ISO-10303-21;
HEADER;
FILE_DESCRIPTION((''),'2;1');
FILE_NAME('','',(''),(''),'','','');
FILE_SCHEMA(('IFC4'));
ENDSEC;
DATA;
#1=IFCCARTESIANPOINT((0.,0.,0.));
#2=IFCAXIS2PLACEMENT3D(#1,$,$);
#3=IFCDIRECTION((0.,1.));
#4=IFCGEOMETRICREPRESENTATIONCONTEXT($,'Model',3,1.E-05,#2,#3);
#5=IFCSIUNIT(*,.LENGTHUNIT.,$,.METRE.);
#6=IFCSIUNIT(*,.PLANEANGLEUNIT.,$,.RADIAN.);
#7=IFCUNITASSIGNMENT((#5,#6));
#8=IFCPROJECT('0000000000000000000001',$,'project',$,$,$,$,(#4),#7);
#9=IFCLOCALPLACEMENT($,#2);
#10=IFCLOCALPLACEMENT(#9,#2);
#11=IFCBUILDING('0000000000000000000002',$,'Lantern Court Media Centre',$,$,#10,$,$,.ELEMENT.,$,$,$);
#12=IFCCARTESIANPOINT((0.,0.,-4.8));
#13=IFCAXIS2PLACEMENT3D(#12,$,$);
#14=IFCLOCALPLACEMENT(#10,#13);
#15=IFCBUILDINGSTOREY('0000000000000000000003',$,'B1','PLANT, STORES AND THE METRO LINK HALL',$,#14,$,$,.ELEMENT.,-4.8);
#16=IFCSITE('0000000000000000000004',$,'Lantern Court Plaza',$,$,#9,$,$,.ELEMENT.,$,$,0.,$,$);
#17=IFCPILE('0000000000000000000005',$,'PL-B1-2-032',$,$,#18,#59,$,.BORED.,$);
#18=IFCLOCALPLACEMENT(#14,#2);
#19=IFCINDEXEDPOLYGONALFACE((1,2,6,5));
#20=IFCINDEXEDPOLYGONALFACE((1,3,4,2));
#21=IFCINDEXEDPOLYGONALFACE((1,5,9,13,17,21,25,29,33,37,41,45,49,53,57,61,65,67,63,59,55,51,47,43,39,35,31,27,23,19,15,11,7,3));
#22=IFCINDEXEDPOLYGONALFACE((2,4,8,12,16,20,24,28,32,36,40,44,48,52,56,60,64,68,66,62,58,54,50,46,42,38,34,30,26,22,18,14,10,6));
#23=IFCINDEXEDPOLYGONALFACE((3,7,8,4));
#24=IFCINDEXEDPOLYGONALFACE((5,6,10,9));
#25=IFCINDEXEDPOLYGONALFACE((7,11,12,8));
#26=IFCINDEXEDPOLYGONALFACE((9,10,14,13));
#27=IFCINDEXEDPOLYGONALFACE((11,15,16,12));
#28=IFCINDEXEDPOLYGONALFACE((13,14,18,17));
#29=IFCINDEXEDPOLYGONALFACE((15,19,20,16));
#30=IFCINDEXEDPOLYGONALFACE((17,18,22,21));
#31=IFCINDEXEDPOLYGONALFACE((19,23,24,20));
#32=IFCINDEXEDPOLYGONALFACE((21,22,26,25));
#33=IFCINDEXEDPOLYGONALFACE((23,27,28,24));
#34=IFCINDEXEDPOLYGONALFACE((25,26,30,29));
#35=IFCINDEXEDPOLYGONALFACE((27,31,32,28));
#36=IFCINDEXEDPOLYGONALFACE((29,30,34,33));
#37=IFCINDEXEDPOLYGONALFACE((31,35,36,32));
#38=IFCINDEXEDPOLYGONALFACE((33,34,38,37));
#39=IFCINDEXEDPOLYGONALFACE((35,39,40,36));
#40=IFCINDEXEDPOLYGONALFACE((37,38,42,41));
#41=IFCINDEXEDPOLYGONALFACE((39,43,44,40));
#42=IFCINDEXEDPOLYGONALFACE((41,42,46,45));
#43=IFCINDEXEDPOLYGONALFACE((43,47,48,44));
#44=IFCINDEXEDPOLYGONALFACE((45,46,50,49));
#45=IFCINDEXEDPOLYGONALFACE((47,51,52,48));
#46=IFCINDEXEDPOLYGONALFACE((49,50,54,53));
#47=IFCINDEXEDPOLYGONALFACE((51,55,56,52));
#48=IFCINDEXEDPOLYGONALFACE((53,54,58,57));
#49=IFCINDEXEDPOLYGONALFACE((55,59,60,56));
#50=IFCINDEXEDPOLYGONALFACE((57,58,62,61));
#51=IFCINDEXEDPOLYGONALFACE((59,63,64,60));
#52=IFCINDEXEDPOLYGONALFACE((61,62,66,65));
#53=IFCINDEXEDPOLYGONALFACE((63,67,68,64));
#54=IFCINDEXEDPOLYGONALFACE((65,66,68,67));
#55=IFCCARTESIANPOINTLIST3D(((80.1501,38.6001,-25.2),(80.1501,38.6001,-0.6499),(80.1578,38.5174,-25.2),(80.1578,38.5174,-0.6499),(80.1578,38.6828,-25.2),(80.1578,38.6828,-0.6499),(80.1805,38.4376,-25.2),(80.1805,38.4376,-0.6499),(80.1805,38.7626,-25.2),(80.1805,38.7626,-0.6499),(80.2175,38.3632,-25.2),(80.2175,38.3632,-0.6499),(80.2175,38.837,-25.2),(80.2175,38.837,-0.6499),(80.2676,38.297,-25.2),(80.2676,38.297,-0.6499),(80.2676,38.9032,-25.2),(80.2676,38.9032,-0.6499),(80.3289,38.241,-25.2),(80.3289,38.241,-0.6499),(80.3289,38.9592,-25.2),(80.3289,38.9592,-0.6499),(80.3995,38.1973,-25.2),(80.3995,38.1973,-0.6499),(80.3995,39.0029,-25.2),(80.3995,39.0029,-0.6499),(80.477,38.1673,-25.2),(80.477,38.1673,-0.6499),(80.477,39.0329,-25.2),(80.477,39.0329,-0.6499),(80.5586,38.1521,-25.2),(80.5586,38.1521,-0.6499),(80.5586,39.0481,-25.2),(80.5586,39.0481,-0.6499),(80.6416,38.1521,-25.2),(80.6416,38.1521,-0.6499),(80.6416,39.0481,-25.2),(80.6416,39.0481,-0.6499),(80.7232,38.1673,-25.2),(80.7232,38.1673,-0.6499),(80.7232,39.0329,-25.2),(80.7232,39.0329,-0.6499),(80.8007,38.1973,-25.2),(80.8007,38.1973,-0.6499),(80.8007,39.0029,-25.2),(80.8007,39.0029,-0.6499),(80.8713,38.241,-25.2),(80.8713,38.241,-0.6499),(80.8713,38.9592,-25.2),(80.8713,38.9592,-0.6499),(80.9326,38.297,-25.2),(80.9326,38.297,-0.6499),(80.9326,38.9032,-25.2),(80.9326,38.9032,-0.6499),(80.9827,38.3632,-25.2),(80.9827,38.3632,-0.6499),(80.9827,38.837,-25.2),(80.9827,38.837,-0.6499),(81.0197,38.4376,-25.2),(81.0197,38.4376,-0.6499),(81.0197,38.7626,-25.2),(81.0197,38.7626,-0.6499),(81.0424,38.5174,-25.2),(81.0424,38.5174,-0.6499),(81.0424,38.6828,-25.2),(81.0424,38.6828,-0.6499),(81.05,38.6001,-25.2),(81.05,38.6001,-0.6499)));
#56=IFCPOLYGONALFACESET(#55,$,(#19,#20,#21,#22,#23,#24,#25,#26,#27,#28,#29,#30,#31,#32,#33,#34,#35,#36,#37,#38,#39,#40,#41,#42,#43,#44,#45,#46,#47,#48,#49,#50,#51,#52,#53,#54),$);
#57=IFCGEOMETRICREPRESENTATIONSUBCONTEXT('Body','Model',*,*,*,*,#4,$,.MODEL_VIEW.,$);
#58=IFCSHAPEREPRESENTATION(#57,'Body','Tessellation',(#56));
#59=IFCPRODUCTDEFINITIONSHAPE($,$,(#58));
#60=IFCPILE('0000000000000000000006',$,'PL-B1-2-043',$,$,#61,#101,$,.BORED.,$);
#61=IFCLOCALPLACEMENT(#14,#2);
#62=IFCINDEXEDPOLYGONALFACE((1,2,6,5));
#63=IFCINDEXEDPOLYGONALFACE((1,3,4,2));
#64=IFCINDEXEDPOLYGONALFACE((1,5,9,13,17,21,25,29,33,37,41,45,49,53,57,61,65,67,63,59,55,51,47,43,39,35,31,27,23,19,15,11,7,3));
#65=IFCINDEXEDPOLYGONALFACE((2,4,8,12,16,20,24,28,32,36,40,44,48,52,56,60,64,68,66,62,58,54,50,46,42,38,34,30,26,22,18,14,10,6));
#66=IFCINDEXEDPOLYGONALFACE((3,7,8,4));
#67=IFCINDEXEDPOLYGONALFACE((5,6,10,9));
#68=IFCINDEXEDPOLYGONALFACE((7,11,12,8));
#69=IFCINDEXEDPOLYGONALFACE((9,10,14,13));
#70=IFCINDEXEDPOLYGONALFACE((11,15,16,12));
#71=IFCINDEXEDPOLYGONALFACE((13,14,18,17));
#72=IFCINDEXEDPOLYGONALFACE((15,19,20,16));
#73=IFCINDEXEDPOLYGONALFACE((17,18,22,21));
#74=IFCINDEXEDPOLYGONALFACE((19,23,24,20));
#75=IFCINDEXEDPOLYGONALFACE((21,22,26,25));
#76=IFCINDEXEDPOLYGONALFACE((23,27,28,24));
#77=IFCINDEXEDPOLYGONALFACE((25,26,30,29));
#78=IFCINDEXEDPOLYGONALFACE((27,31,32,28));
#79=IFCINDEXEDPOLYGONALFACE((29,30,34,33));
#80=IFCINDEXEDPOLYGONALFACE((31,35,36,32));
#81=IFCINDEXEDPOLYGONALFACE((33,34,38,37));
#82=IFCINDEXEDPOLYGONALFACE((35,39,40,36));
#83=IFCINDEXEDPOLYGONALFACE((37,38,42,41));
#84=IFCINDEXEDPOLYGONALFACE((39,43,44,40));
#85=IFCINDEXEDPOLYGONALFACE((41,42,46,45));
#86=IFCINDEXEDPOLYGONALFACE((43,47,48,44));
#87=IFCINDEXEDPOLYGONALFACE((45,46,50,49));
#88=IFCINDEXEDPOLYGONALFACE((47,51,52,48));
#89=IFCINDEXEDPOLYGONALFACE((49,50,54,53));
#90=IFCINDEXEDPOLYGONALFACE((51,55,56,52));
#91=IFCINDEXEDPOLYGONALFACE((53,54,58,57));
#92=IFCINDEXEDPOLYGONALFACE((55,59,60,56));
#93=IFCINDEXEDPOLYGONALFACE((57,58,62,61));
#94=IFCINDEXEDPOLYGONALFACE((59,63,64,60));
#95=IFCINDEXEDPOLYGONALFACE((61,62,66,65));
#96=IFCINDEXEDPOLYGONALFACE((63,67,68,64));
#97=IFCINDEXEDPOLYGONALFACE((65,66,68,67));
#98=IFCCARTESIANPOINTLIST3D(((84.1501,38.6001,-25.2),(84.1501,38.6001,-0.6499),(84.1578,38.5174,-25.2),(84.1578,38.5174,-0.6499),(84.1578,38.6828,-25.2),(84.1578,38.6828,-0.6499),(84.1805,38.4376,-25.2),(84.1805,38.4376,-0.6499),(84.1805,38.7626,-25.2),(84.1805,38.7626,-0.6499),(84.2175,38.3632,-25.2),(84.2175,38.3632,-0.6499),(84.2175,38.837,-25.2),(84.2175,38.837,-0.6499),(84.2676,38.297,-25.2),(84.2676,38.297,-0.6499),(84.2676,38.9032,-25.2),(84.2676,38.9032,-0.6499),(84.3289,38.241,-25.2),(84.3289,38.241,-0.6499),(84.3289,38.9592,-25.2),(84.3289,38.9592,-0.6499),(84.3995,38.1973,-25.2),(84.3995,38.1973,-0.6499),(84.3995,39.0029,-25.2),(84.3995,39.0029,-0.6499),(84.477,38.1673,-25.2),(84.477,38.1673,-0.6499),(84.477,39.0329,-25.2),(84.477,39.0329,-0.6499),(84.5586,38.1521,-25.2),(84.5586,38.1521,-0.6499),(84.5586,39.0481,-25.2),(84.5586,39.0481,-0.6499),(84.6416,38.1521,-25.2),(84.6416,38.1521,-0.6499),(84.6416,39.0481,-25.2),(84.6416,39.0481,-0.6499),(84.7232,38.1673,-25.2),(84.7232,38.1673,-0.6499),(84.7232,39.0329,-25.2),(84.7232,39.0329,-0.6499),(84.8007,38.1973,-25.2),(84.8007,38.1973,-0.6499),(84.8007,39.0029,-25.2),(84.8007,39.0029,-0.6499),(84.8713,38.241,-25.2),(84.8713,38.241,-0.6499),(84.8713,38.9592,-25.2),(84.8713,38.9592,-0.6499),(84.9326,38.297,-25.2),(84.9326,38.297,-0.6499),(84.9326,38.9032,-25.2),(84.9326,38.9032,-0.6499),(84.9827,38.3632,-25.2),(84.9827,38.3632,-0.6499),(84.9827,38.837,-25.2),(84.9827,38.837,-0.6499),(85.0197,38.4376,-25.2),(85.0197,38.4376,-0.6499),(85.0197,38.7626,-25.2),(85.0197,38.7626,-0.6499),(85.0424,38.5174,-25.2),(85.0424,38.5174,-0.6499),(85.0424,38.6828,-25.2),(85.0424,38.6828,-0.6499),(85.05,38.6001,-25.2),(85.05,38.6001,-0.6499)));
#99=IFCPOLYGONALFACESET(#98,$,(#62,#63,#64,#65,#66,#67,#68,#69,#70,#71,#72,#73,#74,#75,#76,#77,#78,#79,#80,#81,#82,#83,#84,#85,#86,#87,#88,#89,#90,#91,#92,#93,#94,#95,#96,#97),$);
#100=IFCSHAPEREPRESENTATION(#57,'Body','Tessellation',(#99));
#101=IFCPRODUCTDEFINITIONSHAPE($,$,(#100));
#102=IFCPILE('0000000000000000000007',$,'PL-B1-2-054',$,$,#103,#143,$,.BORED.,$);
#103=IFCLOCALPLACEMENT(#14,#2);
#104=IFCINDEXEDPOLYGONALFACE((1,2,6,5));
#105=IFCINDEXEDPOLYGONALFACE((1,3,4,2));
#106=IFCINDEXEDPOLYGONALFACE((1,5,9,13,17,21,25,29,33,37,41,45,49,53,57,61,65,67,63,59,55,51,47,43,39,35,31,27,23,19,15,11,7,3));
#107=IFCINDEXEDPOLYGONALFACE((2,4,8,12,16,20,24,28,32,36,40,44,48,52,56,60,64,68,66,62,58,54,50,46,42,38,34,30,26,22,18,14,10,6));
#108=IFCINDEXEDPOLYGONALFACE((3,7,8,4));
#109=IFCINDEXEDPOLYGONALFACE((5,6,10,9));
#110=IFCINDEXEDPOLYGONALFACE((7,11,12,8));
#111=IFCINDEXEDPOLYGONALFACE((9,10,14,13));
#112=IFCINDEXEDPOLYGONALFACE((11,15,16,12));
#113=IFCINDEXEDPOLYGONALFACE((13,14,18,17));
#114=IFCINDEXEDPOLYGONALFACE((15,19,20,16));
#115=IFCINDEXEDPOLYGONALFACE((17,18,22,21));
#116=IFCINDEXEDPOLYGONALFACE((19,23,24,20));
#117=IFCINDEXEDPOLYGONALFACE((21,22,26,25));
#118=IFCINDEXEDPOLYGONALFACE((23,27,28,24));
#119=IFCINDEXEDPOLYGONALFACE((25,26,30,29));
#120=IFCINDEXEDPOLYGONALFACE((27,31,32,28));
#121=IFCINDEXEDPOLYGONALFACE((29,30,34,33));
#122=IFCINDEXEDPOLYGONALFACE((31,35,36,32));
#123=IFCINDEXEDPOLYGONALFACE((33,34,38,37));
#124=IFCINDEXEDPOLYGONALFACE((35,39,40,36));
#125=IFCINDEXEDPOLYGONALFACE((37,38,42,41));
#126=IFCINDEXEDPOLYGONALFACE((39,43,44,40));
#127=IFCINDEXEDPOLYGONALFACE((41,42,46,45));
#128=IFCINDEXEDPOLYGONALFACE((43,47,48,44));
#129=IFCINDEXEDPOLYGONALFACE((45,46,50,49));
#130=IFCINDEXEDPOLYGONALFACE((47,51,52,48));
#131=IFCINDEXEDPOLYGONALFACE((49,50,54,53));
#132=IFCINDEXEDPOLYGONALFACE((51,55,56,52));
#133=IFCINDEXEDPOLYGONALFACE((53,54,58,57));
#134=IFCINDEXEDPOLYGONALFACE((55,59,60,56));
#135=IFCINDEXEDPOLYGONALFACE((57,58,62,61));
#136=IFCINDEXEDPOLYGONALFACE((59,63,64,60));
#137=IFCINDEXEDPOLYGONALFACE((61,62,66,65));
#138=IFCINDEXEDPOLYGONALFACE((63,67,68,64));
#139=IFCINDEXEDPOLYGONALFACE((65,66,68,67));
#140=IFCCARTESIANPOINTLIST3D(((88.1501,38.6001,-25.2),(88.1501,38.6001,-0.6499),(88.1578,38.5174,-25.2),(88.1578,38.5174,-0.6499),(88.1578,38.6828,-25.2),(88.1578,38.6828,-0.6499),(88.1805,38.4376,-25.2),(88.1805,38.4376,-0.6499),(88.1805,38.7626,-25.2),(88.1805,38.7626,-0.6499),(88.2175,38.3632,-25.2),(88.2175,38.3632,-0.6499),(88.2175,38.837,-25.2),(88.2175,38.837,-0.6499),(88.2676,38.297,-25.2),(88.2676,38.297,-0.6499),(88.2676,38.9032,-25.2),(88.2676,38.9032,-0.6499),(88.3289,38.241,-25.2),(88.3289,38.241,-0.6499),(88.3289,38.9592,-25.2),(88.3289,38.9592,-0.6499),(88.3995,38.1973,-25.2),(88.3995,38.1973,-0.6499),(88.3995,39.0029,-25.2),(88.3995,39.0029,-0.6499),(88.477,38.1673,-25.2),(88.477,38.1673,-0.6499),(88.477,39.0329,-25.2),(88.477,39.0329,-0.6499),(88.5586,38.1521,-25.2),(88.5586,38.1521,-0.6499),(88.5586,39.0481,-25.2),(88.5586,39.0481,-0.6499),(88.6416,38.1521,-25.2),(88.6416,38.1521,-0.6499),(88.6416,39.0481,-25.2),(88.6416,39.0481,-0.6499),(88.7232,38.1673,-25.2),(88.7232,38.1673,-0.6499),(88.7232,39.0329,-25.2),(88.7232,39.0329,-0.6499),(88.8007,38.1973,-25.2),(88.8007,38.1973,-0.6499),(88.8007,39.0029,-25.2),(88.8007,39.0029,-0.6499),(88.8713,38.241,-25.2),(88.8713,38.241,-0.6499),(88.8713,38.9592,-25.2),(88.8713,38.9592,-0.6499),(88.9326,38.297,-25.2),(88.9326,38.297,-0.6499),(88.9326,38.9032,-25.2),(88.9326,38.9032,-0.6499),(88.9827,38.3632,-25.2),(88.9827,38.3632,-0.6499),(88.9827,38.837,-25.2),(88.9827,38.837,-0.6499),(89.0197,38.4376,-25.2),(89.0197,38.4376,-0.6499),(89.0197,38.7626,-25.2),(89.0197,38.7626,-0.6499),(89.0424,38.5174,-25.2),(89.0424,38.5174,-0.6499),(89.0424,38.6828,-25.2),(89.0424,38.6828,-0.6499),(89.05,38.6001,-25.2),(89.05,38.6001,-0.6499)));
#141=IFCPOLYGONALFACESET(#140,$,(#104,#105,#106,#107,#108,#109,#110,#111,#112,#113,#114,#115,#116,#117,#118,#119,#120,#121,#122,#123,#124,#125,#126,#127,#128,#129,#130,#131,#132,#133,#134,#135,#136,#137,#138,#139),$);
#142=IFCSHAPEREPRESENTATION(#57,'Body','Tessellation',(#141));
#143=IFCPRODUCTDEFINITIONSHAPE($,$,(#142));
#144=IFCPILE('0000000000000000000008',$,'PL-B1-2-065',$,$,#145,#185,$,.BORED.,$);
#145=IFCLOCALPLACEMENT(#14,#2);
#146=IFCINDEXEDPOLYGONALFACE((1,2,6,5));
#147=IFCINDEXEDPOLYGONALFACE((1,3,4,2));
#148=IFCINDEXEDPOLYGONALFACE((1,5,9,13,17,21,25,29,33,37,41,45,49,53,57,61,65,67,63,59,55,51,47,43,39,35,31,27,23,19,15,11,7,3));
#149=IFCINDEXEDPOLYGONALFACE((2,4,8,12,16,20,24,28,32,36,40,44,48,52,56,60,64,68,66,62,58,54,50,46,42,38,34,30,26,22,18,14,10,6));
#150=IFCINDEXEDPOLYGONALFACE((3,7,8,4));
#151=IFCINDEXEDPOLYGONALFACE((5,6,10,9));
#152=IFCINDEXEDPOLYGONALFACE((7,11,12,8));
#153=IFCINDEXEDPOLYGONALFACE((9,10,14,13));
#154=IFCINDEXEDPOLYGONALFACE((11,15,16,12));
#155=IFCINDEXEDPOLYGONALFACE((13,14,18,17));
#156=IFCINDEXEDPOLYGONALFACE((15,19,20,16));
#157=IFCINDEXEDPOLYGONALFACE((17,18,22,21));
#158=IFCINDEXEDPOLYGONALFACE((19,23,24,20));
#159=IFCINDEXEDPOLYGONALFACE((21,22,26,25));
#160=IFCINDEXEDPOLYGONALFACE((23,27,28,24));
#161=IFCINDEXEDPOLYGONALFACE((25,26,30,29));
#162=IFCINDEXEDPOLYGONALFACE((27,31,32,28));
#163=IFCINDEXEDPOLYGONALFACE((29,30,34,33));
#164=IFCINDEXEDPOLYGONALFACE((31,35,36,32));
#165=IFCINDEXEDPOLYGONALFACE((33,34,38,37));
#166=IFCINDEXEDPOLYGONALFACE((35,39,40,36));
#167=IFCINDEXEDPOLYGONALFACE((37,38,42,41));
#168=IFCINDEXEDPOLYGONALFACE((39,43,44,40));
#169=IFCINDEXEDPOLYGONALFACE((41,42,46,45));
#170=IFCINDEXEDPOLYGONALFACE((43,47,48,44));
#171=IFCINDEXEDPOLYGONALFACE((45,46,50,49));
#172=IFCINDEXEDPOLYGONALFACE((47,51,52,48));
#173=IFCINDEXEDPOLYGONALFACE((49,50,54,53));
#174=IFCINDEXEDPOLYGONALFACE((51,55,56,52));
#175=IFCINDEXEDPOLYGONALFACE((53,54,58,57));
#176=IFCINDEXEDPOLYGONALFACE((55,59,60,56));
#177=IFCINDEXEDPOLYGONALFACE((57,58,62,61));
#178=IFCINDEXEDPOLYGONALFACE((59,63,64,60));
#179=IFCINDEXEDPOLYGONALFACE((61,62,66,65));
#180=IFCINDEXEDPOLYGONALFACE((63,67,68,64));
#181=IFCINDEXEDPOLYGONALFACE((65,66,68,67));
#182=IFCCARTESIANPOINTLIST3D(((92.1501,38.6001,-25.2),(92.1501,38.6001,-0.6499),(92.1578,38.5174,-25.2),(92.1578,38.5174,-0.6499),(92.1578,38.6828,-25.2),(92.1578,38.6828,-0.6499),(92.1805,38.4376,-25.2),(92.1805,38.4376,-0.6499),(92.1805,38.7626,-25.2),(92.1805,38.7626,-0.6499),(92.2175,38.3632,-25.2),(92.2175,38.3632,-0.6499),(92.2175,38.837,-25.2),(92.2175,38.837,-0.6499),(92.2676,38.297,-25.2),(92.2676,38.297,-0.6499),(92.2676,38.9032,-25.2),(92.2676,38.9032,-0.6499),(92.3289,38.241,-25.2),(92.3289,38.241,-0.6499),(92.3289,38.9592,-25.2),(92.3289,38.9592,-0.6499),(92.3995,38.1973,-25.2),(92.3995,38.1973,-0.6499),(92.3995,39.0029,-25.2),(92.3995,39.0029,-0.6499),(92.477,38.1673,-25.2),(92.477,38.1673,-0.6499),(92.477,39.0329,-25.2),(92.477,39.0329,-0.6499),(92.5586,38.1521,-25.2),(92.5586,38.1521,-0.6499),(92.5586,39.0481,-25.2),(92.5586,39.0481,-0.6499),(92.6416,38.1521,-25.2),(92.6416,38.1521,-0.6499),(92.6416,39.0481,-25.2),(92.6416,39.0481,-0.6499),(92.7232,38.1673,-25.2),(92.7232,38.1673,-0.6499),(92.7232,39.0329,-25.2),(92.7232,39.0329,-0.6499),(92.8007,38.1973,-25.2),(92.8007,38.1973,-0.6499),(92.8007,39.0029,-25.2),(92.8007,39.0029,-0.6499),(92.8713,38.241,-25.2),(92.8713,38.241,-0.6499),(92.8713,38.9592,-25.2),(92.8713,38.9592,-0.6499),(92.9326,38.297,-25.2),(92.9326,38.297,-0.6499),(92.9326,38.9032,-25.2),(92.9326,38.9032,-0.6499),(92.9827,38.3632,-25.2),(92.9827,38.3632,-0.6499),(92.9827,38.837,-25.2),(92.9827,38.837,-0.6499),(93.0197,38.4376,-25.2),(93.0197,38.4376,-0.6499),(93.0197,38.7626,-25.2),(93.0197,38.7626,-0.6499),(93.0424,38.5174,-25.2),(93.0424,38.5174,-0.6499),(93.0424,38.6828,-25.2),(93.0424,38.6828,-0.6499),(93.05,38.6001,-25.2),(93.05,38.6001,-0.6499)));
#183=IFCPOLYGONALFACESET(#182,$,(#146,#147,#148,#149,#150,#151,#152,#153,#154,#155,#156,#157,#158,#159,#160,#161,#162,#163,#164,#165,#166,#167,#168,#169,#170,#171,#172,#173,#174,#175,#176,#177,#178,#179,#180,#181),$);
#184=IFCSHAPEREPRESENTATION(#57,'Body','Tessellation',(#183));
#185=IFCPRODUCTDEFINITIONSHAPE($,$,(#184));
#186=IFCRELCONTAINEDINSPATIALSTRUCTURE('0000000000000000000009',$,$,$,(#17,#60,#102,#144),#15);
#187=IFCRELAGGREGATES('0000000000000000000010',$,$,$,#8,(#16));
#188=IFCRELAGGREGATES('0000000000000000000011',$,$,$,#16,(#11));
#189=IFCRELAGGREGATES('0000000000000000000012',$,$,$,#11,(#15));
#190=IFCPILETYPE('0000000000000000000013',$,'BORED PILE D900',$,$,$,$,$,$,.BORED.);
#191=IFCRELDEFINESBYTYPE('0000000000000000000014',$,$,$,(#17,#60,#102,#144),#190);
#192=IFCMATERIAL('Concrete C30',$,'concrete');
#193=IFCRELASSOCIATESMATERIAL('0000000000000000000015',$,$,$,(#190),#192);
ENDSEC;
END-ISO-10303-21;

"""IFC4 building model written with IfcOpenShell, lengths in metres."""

from ifc_helpers import new_model, si_unit, direction, frame, origin, origin_2d, place, context, subcontext, project, spatial, circle, extrude, material, material_profile, profile_set, type_object, element, save


model = new_model("IFC4")

# Units and contexts
model_context = context("Model", 3, precision=1e-05, world=origin(), true_north=direction((0.0, 1.0)))
body_context = subcontext(model_context, "Body", "Model", "MODEL_VIEW")
ifc_project = project(units=[si_unit("LENGTHUNIT", "METRE"), si_unit("PLANEANGLEUNIT", "RADIAN")], contexts=[model_context])

# Site, building, storey
site_placement = place(None, origin())
site = spatial("IfcSite", under=ifc_project, at=site_placement, Name="Lantern Court Plaza", CompositionType="ELEMENT", RefElevation=0.0)
building_placement = place(site_placement, origin())
building = spatial("IfcBuilding", under=site, at=building_placement, Name="Lantern Court Media Centre", CompositionType="ELEMENT")
storey_placement = place(building_placement, frame((0.0, 0.0, -4.8)))
storey = spatial("IfcBuildingStorey", under=building, at=storey_placement, Name="B1", Description="PLANT, STORES AND THE METRO LINK HALL", CompositionType="ELEMENT", Elevation=-4.8)

# Piles
ifc_material_1 = material(Name="Concrete C30", Category="concrete")
ifc_material_profile_1 = material_profile(ifc_material_1, circle(Radius=0.45, at=origin_2d()), Name="D900")
ifc_profile_set_1 = profile_set([ifc_material_profile_1], Name="Concrete C30")
pile_type = type_object("IfcPileType", Name="BORED PILE D900", PredefinedType="BORED", material=ifc_profile_set_1)
for number, where, z_axis, x_axis, name in (
    (1, (80.6001, 38.6001, -0.6499), (0.0, 0.0, -1.0), (1.0, 0.0, 0.0), "PL-B1-2-032"),
    (2, (84.6001, 38.6001, -0.6499), (0.0, 0.0, -1.0), (1.0, 0.0, 0.0), "PL-B1-2-043"),
    (3, (88.6001, 38.6001, -0.6499), (0.0, 0.0, -1.0), (1.0, 0.0, 0.0), "PL-B1-2-054"),
    (4, (92.6001, 38.6001, -0.6499), (0.0, 0.0, -1.0), (1.0, 0.0, 0.0), "PL-B1-2-065"),
):
    element("IfcPile", number, at=place(storey_placement, frame(where, z_axis=z_axis, x_axis=x_axis)), inside=storey, type_object=pile_type, Name=name, PredefinedType="BORED", context=body_context, shape_type="SweptSolid", body=[
        extrude(circle(Radius=0.45, at=origin_2d()), origin(), (0.0, 0.0, 1.0), 24.55),
    ])

save(model, "model.ifc")
